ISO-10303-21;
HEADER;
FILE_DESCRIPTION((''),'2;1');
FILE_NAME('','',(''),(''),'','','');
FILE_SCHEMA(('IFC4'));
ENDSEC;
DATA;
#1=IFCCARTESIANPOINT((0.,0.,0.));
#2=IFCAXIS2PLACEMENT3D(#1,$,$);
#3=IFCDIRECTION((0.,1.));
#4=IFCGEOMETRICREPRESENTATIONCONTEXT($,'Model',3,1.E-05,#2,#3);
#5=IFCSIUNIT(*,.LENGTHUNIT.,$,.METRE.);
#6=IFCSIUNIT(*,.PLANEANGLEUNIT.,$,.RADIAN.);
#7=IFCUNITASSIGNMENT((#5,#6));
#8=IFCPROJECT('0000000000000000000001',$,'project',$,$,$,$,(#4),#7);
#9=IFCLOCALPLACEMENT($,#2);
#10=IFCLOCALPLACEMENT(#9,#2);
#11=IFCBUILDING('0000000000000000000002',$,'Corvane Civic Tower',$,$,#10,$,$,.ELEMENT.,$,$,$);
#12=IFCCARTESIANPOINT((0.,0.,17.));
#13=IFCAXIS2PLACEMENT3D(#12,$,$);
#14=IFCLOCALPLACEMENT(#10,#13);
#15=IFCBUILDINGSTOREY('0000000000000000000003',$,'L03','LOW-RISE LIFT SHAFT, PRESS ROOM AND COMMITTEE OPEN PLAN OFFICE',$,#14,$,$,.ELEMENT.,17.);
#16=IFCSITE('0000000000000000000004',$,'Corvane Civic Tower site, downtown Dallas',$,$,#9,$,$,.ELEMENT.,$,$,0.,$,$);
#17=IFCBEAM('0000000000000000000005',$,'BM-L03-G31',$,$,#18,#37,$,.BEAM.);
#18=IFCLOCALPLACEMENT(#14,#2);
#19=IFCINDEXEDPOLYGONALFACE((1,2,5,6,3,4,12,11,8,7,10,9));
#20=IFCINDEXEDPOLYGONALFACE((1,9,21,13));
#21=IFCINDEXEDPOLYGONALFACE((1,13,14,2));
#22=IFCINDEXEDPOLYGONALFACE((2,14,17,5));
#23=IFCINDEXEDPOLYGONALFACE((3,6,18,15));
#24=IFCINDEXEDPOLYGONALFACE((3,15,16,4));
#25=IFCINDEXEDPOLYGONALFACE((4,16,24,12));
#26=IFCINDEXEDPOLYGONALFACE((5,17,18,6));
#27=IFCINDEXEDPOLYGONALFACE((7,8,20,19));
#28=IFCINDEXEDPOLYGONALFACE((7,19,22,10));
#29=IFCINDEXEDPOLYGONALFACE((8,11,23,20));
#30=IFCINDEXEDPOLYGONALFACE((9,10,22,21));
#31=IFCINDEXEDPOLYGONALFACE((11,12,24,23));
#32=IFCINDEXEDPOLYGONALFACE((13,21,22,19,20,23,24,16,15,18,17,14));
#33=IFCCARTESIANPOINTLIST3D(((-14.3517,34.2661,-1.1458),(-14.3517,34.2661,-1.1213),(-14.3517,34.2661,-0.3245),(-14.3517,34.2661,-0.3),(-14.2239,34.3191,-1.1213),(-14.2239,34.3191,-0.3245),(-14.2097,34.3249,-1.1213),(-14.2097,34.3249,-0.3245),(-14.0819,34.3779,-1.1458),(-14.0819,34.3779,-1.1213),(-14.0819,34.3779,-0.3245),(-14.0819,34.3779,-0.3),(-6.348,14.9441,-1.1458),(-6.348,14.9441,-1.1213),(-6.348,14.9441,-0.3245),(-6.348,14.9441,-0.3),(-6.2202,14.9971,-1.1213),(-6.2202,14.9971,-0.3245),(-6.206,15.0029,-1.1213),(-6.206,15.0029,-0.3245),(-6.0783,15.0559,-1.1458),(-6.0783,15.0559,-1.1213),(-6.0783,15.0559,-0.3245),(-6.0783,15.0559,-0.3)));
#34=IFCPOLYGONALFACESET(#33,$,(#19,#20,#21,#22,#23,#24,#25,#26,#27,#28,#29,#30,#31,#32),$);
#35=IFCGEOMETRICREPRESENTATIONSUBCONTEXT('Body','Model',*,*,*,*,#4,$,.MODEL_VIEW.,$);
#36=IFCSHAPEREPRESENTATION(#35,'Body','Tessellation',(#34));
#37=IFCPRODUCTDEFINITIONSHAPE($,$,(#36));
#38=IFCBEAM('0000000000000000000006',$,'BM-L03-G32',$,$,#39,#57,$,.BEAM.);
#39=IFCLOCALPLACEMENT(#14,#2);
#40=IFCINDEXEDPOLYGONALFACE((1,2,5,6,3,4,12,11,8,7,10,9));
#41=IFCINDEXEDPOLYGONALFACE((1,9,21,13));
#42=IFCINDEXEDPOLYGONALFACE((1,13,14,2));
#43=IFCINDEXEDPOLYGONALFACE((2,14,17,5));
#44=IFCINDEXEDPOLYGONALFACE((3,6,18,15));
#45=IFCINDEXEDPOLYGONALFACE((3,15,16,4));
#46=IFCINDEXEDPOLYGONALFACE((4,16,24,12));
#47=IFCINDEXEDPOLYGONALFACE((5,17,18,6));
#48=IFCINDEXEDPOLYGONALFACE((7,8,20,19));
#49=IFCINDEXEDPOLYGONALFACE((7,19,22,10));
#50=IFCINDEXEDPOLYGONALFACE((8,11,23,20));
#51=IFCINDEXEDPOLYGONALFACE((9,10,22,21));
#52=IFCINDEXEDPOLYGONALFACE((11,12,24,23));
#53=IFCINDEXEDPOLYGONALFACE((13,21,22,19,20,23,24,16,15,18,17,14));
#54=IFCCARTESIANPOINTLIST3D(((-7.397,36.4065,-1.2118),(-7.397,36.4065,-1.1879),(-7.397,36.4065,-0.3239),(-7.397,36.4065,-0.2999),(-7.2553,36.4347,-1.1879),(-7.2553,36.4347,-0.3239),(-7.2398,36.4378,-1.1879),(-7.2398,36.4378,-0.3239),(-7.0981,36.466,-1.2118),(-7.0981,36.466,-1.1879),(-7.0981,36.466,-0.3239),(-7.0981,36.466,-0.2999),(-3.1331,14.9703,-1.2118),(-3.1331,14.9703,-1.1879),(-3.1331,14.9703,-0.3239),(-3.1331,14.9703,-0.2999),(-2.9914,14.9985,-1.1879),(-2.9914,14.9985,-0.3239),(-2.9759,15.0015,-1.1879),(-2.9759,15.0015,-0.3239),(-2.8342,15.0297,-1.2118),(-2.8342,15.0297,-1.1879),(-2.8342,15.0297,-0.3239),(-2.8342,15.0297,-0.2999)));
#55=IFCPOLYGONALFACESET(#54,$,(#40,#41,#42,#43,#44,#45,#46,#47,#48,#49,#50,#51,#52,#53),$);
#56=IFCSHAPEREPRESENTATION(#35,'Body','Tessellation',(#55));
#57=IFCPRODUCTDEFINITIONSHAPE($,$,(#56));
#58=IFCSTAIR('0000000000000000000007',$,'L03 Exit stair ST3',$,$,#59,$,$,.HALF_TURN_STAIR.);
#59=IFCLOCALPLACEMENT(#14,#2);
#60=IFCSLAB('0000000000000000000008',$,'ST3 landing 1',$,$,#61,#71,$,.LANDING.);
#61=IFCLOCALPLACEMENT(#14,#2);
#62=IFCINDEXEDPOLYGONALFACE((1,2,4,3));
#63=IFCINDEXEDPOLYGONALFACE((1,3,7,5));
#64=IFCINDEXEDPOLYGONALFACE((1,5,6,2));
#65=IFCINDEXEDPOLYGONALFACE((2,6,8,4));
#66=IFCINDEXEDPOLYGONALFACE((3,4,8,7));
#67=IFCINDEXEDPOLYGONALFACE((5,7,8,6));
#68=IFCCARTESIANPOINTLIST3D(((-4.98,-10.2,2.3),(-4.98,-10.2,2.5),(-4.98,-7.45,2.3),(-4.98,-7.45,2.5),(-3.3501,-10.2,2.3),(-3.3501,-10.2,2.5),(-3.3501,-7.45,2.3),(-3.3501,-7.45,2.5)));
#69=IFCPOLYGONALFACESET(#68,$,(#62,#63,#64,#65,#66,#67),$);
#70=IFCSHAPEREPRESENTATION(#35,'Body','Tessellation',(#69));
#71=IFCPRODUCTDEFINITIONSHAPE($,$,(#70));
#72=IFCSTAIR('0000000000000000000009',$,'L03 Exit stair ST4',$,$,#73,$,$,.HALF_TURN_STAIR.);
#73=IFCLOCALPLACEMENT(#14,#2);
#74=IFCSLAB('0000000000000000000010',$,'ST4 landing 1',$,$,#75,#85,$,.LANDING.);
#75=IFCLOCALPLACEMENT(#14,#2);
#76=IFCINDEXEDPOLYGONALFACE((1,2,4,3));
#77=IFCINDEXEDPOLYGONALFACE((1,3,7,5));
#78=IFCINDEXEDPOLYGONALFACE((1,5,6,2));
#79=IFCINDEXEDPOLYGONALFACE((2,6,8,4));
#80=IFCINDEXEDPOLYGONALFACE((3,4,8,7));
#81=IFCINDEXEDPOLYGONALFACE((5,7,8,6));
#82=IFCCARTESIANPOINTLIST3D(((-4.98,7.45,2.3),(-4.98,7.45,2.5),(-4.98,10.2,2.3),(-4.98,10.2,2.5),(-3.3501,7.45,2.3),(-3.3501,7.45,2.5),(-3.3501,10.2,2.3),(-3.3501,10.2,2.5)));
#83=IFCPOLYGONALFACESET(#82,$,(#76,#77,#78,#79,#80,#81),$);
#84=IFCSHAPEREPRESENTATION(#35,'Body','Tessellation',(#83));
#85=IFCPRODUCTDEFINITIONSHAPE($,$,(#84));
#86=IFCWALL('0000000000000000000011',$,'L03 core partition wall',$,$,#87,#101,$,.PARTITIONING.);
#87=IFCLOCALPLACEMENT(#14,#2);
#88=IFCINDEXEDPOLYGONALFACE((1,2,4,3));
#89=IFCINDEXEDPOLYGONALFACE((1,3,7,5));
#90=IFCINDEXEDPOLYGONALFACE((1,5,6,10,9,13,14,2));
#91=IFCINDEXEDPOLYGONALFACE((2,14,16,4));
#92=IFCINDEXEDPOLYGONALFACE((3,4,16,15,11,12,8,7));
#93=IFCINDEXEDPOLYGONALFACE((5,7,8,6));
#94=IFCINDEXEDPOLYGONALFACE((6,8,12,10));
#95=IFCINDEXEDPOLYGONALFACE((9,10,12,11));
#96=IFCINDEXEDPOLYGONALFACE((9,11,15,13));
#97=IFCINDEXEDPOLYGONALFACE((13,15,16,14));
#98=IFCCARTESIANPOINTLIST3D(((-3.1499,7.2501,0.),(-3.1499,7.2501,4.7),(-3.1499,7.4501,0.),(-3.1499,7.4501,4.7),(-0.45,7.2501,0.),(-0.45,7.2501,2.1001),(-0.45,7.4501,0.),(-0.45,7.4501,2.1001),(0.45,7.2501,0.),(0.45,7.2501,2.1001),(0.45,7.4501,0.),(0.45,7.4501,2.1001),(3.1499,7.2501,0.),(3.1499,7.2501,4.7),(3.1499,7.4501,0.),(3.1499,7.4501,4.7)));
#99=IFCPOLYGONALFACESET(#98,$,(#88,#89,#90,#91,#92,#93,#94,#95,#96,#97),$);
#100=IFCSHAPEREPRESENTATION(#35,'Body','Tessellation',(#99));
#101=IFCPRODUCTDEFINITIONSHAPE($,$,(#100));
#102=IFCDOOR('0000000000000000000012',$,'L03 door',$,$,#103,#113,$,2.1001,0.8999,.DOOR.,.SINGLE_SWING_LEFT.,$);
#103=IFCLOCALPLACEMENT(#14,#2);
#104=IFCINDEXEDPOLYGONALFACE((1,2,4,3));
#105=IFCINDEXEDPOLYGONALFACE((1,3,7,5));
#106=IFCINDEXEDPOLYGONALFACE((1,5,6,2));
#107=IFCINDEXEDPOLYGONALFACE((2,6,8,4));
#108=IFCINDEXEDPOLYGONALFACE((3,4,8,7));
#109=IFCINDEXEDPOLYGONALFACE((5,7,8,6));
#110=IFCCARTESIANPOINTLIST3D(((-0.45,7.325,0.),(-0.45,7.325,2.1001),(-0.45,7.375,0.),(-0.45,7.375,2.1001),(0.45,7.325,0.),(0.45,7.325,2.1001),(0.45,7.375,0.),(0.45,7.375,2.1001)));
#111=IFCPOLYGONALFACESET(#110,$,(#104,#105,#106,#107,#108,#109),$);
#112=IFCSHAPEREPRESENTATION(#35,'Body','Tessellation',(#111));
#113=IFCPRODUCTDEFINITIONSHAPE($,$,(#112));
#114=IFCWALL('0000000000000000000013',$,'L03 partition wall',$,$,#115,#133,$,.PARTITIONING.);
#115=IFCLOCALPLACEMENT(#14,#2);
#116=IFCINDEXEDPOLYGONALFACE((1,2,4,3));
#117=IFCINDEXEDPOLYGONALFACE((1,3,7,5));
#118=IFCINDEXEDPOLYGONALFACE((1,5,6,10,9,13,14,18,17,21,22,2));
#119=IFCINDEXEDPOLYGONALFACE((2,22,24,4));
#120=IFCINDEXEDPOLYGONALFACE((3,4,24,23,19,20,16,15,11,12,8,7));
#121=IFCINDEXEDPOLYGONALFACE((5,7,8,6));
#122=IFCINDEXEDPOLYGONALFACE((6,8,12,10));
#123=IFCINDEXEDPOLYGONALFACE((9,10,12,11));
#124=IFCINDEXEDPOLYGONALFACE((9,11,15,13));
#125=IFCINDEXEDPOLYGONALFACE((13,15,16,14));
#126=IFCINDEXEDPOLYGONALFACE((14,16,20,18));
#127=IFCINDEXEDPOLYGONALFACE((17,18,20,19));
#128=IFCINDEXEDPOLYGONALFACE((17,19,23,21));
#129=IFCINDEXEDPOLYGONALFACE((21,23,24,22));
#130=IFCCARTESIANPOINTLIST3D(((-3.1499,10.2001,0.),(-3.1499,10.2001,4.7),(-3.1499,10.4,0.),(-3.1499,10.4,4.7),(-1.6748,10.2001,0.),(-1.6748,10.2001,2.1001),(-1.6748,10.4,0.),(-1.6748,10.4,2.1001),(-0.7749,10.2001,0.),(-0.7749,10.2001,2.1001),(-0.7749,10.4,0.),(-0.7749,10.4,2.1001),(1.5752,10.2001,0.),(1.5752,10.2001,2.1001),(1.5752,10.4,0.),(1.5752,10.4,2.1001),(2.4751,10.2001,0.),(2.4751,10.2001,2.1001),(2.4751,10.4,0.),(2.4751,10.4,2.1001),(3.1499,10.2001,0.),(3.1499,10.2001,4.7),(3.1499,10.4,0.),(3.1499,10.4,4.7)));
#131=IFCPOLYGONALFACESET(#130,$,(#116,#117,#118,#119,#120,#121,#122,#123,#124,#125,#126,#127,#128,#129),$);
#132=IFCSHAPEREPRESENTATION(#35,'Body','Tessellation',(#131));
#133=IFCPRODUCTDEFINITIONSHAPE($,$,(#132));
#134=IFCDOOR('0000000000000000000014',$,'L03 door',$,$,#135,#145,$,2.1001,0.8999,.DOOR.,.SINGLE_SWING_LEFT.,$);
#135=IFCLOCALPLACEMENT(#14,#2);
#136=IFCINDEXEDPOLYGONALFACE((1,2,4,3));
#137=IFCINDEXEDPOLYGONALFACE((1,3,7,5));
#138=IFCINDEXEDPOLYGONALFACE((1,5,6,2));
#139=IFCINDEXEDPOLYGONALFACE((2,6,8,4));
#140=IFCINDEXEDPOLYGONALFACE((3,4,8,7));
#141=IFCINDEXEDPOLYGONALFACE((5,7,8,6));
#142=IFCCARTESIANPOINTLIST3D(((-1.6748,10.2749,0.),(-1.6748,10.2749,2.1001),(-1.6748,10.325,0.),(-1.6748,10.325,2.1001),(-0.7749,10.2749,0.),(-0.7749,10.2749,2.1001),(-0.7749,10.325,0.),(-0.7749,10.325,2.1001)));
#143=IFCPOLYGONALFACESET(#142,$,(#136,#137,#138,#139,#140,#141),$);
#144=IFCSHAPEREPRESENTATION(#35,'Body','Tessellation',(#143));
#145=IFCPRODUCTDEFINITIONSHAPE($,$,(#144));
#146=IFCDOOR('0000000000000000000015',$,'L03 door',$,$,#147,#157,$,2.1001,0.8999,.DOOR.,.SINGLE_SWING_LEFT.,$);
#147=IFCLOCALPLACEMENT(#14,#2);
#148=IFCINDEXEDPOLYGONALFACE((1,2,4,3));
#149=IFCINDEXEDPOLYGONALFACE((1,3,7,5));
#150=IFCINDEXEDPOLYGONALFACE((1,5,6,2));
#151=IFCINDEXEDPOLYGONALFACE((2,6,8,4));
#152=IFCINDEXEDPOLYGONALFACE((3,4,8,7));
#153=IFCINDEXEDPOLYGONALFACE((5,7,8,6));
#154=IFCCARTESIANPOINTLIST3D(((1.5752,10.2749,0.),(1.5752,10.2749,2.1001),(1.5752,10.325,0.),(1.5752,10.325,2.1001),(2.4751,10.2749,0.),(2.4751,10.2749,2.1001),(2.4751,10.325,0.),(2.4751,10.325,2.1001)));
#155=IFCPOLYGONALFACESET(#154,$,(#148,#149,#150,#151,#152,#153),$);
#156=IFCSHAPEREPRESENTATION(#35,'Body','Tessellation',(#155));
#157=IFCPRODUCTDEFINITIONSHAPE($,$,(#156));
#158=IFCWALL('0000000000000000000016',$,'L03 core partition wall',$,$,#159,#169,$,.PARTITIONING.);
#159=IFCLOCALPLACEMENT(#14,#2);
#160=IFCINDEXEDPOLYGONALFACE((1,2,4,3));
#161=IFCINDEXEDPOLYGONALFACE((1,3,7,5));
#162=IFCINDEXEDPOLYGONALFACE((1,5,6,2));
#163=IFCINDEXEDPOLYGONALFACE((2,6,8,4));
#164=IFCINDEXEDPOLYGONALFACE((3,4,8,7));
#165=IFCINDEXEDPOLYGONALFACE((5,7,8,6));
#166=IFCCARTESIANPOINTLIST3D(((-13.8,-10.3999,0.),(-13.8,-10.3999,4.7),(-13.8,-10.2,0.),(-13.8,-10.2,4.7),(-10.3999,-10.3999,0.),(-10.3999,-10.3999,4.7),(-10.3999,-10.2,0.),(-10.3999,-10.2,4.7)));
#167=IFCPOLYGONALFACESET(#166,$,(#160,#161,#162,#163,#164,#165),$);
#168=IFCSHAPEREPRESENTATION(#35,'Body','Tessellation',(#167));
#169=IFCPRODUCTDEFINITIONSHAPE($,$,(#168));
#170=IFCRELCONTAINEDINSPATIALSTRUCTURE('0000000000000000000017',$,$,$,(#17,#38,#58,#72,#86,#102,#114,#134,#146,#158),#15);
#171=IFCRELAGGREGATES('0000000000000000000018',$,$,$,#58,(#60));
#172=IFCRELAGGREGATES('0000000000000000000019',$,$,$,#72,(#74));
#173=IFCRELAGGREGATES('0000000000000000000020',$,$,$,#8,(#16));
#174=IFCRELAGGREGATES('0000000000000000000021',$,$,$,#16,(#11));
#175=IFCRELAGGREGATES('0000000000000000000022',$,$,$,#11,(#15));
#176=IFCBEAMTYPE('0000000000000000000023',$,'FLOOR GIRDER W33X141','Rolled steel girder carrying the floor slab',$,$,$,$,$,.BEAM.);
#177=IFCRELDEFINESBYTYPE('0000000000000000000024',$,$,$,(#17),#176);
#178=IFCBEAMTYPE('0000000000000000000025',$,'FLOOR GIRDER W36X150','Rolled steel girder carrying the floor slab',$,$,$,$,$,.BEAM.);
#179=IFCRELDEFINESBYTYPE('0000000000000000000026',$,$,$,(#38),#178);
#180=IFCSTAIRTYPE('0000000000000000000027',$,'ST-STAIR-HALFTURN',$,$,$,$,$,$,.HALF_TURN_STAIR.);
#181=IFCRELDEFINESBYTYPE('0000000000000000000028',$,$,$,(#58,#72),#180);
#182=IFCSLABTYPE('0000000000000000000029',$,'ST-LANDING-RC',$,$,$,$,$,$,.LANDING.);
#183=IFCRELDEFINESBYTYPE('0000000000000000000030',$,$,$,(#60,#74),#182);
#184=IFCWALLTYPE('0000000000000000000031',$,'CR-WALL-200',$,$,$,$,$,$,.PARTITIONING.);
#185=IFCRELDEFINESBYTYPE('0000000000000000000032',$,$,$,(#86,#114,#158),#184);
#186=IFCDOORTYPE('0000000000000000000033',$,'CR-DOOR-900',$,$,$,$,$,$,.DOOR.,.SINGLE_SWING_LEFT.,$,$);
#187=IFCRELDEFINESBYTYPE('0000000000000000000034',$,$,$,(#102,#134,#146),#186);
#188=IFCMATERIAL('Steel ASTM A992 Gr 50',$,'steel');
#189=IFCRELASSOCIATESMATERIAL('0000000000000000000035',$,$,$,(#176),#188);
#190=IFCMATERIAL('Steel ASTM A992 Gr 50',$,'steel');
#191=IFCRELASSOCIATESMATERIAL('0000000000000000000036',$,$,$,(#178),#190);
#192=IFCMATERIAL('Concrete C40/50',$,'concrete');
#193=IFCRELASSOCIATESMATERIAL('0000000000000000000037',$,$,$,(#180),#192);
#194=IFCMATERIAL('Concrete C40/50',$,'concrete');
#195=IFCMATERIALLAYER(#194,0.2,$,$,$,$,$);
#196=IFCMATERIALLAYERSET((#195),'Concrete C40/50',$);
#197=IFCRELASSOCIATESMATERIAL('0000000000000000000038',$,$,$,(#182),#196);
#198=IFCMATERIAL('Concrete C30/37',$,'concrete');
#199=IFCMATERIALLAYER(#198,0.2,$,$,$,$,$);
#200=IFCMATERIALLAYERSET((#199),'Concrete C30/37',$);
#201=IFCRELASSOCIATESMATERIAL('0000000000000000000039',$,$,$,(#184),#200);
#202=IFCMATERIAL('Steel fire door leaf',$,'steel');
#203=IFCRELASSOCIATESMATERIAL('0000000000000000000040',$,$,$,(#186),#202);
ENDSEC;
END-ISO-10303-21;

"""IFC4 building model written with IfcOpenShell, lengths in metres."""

from ifc_helpers import new_model, si_unit, direction, frame, frame_2d, origin, origin_2d, place, context, subcontext, project, spatial, polyline, rectangle, i_section, outline, extrude, material, layer, layer_set, material_profile, profile_set, type_object, element, fill, aggregate, save


model = new_model("IFC4")

# Units and contexts
model_context = context("Model", 3, precision=1e-05, world=origin(), true_north=direction((0.0, 1.0)))
body_context = subcontext(model_context, "Body", "Model", "MODEL_VIEW")
ifc_project = project(units=[si_unit("LENGTHUNIT", "METRE"), si_unit("PLANEANGLEUNIT", "RADIAN")], contexts=[model_context])

# Site, building, storey
site_placement = place(None, origin())
site = spatial("IfcSite", under=ifc_project, at=site_placement, Name="Corvane Civic Tower site, downtown Dallas", CompositionType="ELEMENT", RefElevation=0.0)
building_placement = place(site_placement, origin())
building = spatial("IfcBuilding", under=site, at=building_placement, Name="Corvane Civic Tower", CompositionType="ELEMENT")
storey_placement = place(building_placement, frame((0.0, 0.0, 17.0)))
storey = spatial("IfcBuildingStorey", under=building, at=storey_placement, Name="L03", Description="LOW-RISE LIFT SHAFT, PRESS ROOM AND COMMITTEE OPEN PLAN OFFICE", CompositionType="ELEMENT", Elevation=17.0)

# Beams
ifc_material_1 = material(Name="Steel ASTM A992 Gr 50", Category="steel")
ifc_material_profile_1 = material_profile(ifc_material_1, i_section(OverallWidth=0.292, OverallDepth=0.8457, WebThickness=0.0154, FlangeThickness=0.0244, at=origin_2d()), Name="W33X141")
ifc_profile_set_1 = profile_set([ifc_material_profile_1], Name="Steel ASTM A992 Gr 50")
beam_type_1 = type_object("IfcBeamType", Name="FLOOR GIRDER W33X141", Description="Rolled steel girder carrying the floor slab", PredefinedType="BEAM", material=ifc_profile_set_1)
beam_1_placement = place(storey_placement, frame((-6.2131, 15.0, -0.7229), z_axis=(-0.382692, 0.923876, 0.0), x_axis=(-0.923876, -0.382692, 0.0)))
element("IfcBeam", 1, at=beam_1_placement, inside=storey, type_object=beam_type_1, Name="BM-L03-G31", PredefinedType="BEAM", context=body_context, shape_type="SweptSolid", body=[
    extrude(i_section(OverallWidth=0.292, OverallDepth=0.8457, WebThickness=0.0154, FlangeThickness=0.0244, at=origin_2d()), origin(), (0.0, 0.0, 1.0), 20.9141),
])
ifc_material_2 = material(Name="Steel ASTM A992 Gr 50", Category="steel")
ifc_material_profile_2 = material_profile(ifc_material_2, i_section(OverallWidth=0.3047, OverallDepth=0.9119, WebThickness=0.0159, FlangeThickness=0.0239, at=origin_2d()), Name="W36X150")
ifc_profile_set_2 = profile_set([ifc_material_profile_2], Name="Steel ASTM A992 Gr 50")
beam_type_2 = type_object("IfcBeamType", Name="FLOOR GIRDER W36X150", Description="Rolled steel girder carrying the floor slab", PredefinedType="BEAM", material=ifc_profile_set_2)
beam_2_placement = place(storey_placement, frame((-2.9836, 15.0, -0.7559), z_axis=(-0.195089, 0.980785, 0.0), x_axis=(-0.980785, -0.195089, 0.0)))
element("IfcBeam", 2, at=beam_2_placement, inside=storey, type_object=beam_type_2, Name="BM-L03-G32", PredefinedType="BEAM", context=body_context, shape_type="SweptSolid", body=[
    extrude(i_section(OverallWidth=0.3047, OverallDepth=0.9119, WebThickness=0.0159, FlangeThickness=0.0239, at=origin_2d()), origin(), (0.0, 0.0, 1.0), 21.8562),
])

# Stairs, slabs
ifc_material_3 = material(Name="Concrete C40/50", Category="concrete")
stair_type = type_object("IfcStairType", Name="ST-STAIR-HALFTURN", PredefinedType="HALF_TURN_STAIR", material=ifc_material_3)
stair_1_placement = place(storey_placement, origin())
stair_1 = element("IfcStair", 3, at=stair_1_placement, inside=storey, type_object=stair_type, Name="L03 Exit stair ST3", PredefinedType="HALF_TURN_STAIR")
ifc_material_4 = material(Name="Concrete C40/50", Category="concrete")
ifc_layer_1 = layer(ifc_material_4, 0.2)
ifc_layer_set_1 = layer_set([ifc_layer_1], Name="Concrete C40/50")
slab_type = type_object("IfcSlabType", Name="ST-LANDING-RC", PredefinedType="LANDING", material=ifc_layer_set_1)
slab_1_placement = place(storey_placement, frame((0.0, 0.0, 2.3)))
slab_1 = element("IfcSlab", 4, at=slab_1_placement, type_object=slab_type, Name="ST3 landing 1", PredefinedType="LANDING", context=body_context, shape_type="SweptSolid", body=[
    extrude(outline(polyline([(-4.98, -10.2), (-3.3501, -10.2), (-3.3501, -7.45), (-4.98, -7.45), (-4.98, -10.2)])), origin(), (0.0, 0.0, 1.0), 0.2),
])
aggregate(stair_1, [slab_1])
stair_2_placement = place(storey_placement, origin())
stair_2 = element("IfcStair", 5, at=stair_2_placement, inside=storey, type_object=stair_type, Name="L03 Exit stair ST4", PredefinedType="HALF_TURN_STAIR")
slab_2_placement = place(storey_placement, frame((0.0, 0.0, 2.3)))
slab_2 = element("IfcSlab", 6, at=slab_2_placement, type_object=slab_type, Name="ST4 landing 1", PredefinedType="LANDING", context=body_context, shape_type="SweptSolid", body=[
    extrude(outline(polyline([(-4.98, 7.45), (-3.3501, 7.45), (-3.3501, 10.2), (-4.98, 10.2), (-4.98, 7.45)])), origin(), (0.0, 0.0, 1.0), 0.2),
])

# Wall, opening, door
ifc_material_5 = material(Name="Concrete C30/37", Category="concrete")
ifc_layer_2 = layer(ifc_material_5, 0.2)
ifc_layer_set_2 = layer_set([ifc_layer_2], Name="Concrete C30/37")
wall_type_1 = type_object("IfcWallType", Name="CR-WALL-200", PredefinedType="PARTITIONING", material=ifc_layer_set_2)
wall_1_placement = place(storey_placement, frame((-3.1499, 7.3501, 0.0), z_axis=(0.0, 0.0, 1.0), x_axis=(1.0, 0.0, 0.0)))
wall_1 = element("IfcWall", 7, at=wall_1_placement, inside=storey, type_object=wall_type_1, Name="L03 core partition wall", PredefinedType="PARTITIONING", context=body_context, shape_type="SweptSolid", body=[
    extrude(rectangle(XDim=6.2998, YDim=0.2, at=frame_2d((3.1499, 0.0))), origin(), (0.0, 0.0, 1.0), 4.7),
])
opening_1_placement = place(wall_1_placement, frame((2.7, 0.0, 0.0)))
opening_1 = element("IfcOpeningElement", 8, at=opening_1_placement, cuts=wall_1, PredefinedType="OPENING", context=body_context, shape_type="SweptSolid", body=[
    extrude(rectangle(XDim=0.8999, YDim=2.1001, at=frame_2d((0.45, 1.05))), frame((0.0, 0.1099, 0.0), z_axis=(0.0, -1.0, 0.0), x_axis=(1.0, 0.0, 0.0)), (0.0, 0.0, 1.0), 0.22),
])
ifc_material_6 = material(Name="Steel fire door leaf", Category="steel")
door_type = type_object("IfcDoorType", Name="CR-DOOR-900", OperationType="SINGLE_SWING_LEFT", PredefinedType="DOOR", material=ifc_material_6)
door_1_placement = place(opening_1_placement, origin())
door_1 = element("IfcDoor", 9, at=door_1_placement, inside=storey, type_object=door_type, Name="L03 door", OperationType="SINGLE_SWING_LEFT", OverallHeight=2.1001, OverallWidth=0.8999, PredefinedType="DOOR", context=body_context, shape_type="SweptSolid", body=[
    extrude(rectangle(XDim=0.8999, YDim=2.1001, at=frame_2d((0.45, 1.05))), frame((0.0, 0.0249, 0.0), z_axis=(0.0, -1.0, 0.0), x_axis=(1.0, 0.0, 0.0)), (0.0, 0.0, 1.0), 0.05),
])
fill(opening_1, door_1)

# Wall, openings, doors
wall_2_placement = place(storey_placement, frame((-3.1499, 10.3, 0.0), z_axis=(0.0, 0.0, 1.0), x_axis=(1.0, 0.0, 0.0)))
wall_2 = element("IfcWall", 10, at=wall_2_placement, inside=storey, type_object=wall_type_1, Name="L03 partition wall", PredefinedType="PARTITIONING", context=body_context, shape_type="SweptSolid", body=[
    extrude(rectangle(XDim=6.2998, YDim=0.2, at=frame_2d((3.1499, 0.0))), origin(), (0.0, 0.0, 1.0), 4.7),
])
opening_2_placement = place(wall_2_placement, frame((1.4751, 0.0, 0.0)))
opening_2 = element("IfcOpeningElement", 11, at=opening_2_placement, cuts=wall_2, PredefinedType="OPENING", context=body_context, shape_type="SweptSolid", body=[
    extrude(rectangle(XDim=0.8999, YDim=2.1001, at=frame_2d((0.45, 1.05))), frame((0.0, 0.1099, 0.0), z_axis=(0.0, -1.0, 0.0), x_axis=(1.0, 0.0, 0.0)), (0.0, 0.0, 1.0), 0.22),
])
opening_3_placement = place(wall_2_placement, frame((4.7251, 0.0, 0.0)))
opening_3 = element("IfcOpeningElement", 12, at=opening_3_placement, cuts=wall_2, PredefinedType="OPENING", context=body_context, shape_type="SweptSolid", body=[
    extrude(rectangle(XDim=0.8999, YDim=2.1001, at=frame_2d((0.45, 1.05))), frame((0.0, 0.1099, 0.0), z_axis=(0.0, -1.0, 0.0), x_axis=(1.0, 0.0, 0.0)), (0.0, 0.0, 1.0), 0.22),
])
door_2_placement = place(opening_2_placement, origin())
door_2 = element("IfcDoor", 13, at=door_2_placement, inside=storey, type_object=door_type, Name="L03 door", OperationType="SINGLE_SWING_LEFT", OverallHeight=2.1001, OverallWidth=0.8999, PredefinedType="DOOR", context=body_context, shape_type="SweptSolid", body=[
    extrude(rectangle(XDim=0.8999, YDim=2.1001, at=frame_2d((0.45, 1.05))), frame((0.0, 0.0249, 0.0), z_axis=(0.0, -1.0, 0.0), x_axis=(1.0, 0.0, 0.0)), (0.0, 0.0, 1.0), 0.05),
])
fill(opening_2, door_2)
door_3_placement = place(opening_3_placement, origin())
door_3 = element("IfcDoor", 14, at=door_3_placement, inside=storey, type_object=door_type, Name="L03 door", OperationType="SINGLE_SWING_LEFT", OverallHeight=2.1001, OverallWidth=0.8999, PredefinedType="DOOR", context=body_context, shape_type="SweptSolid", body=[
    extrude(rectangle(XDim=0.8999, YDim=2.1001, at=frame_2d((0.45, 1.05))), frame((0.0, 0.0249, 0.0), z_axis=(0.0, -1.0, 0.0), x_axis=(1.0, 0.0, 0.0)), (0.0, 0.0, 1.0), 0.05),
])
fill(opening_3, door_3)

# Wall
wall_3_placement = place(storey_placement, origin())
element("IfcWall", 15, at=wall_3_placement, inside=storey, type_object=wall_type_1, Name="L03 core partition wall", PredefinedType="PARTITIONING", context=body_context, shape_type="SweptSolid", body=[
    extrude(outline(polyline([(-10.3999, -10.3999), (-13.8, -10.3999), (-13.8, -10.2), (-10.3999, -10.2), (-10.3999, -10.3999)])), origin(), (0.0, 0.0, 1.0), 4.7),
])

aggregate(stair_2, [slab_2])

save(model, "model.ifc")
